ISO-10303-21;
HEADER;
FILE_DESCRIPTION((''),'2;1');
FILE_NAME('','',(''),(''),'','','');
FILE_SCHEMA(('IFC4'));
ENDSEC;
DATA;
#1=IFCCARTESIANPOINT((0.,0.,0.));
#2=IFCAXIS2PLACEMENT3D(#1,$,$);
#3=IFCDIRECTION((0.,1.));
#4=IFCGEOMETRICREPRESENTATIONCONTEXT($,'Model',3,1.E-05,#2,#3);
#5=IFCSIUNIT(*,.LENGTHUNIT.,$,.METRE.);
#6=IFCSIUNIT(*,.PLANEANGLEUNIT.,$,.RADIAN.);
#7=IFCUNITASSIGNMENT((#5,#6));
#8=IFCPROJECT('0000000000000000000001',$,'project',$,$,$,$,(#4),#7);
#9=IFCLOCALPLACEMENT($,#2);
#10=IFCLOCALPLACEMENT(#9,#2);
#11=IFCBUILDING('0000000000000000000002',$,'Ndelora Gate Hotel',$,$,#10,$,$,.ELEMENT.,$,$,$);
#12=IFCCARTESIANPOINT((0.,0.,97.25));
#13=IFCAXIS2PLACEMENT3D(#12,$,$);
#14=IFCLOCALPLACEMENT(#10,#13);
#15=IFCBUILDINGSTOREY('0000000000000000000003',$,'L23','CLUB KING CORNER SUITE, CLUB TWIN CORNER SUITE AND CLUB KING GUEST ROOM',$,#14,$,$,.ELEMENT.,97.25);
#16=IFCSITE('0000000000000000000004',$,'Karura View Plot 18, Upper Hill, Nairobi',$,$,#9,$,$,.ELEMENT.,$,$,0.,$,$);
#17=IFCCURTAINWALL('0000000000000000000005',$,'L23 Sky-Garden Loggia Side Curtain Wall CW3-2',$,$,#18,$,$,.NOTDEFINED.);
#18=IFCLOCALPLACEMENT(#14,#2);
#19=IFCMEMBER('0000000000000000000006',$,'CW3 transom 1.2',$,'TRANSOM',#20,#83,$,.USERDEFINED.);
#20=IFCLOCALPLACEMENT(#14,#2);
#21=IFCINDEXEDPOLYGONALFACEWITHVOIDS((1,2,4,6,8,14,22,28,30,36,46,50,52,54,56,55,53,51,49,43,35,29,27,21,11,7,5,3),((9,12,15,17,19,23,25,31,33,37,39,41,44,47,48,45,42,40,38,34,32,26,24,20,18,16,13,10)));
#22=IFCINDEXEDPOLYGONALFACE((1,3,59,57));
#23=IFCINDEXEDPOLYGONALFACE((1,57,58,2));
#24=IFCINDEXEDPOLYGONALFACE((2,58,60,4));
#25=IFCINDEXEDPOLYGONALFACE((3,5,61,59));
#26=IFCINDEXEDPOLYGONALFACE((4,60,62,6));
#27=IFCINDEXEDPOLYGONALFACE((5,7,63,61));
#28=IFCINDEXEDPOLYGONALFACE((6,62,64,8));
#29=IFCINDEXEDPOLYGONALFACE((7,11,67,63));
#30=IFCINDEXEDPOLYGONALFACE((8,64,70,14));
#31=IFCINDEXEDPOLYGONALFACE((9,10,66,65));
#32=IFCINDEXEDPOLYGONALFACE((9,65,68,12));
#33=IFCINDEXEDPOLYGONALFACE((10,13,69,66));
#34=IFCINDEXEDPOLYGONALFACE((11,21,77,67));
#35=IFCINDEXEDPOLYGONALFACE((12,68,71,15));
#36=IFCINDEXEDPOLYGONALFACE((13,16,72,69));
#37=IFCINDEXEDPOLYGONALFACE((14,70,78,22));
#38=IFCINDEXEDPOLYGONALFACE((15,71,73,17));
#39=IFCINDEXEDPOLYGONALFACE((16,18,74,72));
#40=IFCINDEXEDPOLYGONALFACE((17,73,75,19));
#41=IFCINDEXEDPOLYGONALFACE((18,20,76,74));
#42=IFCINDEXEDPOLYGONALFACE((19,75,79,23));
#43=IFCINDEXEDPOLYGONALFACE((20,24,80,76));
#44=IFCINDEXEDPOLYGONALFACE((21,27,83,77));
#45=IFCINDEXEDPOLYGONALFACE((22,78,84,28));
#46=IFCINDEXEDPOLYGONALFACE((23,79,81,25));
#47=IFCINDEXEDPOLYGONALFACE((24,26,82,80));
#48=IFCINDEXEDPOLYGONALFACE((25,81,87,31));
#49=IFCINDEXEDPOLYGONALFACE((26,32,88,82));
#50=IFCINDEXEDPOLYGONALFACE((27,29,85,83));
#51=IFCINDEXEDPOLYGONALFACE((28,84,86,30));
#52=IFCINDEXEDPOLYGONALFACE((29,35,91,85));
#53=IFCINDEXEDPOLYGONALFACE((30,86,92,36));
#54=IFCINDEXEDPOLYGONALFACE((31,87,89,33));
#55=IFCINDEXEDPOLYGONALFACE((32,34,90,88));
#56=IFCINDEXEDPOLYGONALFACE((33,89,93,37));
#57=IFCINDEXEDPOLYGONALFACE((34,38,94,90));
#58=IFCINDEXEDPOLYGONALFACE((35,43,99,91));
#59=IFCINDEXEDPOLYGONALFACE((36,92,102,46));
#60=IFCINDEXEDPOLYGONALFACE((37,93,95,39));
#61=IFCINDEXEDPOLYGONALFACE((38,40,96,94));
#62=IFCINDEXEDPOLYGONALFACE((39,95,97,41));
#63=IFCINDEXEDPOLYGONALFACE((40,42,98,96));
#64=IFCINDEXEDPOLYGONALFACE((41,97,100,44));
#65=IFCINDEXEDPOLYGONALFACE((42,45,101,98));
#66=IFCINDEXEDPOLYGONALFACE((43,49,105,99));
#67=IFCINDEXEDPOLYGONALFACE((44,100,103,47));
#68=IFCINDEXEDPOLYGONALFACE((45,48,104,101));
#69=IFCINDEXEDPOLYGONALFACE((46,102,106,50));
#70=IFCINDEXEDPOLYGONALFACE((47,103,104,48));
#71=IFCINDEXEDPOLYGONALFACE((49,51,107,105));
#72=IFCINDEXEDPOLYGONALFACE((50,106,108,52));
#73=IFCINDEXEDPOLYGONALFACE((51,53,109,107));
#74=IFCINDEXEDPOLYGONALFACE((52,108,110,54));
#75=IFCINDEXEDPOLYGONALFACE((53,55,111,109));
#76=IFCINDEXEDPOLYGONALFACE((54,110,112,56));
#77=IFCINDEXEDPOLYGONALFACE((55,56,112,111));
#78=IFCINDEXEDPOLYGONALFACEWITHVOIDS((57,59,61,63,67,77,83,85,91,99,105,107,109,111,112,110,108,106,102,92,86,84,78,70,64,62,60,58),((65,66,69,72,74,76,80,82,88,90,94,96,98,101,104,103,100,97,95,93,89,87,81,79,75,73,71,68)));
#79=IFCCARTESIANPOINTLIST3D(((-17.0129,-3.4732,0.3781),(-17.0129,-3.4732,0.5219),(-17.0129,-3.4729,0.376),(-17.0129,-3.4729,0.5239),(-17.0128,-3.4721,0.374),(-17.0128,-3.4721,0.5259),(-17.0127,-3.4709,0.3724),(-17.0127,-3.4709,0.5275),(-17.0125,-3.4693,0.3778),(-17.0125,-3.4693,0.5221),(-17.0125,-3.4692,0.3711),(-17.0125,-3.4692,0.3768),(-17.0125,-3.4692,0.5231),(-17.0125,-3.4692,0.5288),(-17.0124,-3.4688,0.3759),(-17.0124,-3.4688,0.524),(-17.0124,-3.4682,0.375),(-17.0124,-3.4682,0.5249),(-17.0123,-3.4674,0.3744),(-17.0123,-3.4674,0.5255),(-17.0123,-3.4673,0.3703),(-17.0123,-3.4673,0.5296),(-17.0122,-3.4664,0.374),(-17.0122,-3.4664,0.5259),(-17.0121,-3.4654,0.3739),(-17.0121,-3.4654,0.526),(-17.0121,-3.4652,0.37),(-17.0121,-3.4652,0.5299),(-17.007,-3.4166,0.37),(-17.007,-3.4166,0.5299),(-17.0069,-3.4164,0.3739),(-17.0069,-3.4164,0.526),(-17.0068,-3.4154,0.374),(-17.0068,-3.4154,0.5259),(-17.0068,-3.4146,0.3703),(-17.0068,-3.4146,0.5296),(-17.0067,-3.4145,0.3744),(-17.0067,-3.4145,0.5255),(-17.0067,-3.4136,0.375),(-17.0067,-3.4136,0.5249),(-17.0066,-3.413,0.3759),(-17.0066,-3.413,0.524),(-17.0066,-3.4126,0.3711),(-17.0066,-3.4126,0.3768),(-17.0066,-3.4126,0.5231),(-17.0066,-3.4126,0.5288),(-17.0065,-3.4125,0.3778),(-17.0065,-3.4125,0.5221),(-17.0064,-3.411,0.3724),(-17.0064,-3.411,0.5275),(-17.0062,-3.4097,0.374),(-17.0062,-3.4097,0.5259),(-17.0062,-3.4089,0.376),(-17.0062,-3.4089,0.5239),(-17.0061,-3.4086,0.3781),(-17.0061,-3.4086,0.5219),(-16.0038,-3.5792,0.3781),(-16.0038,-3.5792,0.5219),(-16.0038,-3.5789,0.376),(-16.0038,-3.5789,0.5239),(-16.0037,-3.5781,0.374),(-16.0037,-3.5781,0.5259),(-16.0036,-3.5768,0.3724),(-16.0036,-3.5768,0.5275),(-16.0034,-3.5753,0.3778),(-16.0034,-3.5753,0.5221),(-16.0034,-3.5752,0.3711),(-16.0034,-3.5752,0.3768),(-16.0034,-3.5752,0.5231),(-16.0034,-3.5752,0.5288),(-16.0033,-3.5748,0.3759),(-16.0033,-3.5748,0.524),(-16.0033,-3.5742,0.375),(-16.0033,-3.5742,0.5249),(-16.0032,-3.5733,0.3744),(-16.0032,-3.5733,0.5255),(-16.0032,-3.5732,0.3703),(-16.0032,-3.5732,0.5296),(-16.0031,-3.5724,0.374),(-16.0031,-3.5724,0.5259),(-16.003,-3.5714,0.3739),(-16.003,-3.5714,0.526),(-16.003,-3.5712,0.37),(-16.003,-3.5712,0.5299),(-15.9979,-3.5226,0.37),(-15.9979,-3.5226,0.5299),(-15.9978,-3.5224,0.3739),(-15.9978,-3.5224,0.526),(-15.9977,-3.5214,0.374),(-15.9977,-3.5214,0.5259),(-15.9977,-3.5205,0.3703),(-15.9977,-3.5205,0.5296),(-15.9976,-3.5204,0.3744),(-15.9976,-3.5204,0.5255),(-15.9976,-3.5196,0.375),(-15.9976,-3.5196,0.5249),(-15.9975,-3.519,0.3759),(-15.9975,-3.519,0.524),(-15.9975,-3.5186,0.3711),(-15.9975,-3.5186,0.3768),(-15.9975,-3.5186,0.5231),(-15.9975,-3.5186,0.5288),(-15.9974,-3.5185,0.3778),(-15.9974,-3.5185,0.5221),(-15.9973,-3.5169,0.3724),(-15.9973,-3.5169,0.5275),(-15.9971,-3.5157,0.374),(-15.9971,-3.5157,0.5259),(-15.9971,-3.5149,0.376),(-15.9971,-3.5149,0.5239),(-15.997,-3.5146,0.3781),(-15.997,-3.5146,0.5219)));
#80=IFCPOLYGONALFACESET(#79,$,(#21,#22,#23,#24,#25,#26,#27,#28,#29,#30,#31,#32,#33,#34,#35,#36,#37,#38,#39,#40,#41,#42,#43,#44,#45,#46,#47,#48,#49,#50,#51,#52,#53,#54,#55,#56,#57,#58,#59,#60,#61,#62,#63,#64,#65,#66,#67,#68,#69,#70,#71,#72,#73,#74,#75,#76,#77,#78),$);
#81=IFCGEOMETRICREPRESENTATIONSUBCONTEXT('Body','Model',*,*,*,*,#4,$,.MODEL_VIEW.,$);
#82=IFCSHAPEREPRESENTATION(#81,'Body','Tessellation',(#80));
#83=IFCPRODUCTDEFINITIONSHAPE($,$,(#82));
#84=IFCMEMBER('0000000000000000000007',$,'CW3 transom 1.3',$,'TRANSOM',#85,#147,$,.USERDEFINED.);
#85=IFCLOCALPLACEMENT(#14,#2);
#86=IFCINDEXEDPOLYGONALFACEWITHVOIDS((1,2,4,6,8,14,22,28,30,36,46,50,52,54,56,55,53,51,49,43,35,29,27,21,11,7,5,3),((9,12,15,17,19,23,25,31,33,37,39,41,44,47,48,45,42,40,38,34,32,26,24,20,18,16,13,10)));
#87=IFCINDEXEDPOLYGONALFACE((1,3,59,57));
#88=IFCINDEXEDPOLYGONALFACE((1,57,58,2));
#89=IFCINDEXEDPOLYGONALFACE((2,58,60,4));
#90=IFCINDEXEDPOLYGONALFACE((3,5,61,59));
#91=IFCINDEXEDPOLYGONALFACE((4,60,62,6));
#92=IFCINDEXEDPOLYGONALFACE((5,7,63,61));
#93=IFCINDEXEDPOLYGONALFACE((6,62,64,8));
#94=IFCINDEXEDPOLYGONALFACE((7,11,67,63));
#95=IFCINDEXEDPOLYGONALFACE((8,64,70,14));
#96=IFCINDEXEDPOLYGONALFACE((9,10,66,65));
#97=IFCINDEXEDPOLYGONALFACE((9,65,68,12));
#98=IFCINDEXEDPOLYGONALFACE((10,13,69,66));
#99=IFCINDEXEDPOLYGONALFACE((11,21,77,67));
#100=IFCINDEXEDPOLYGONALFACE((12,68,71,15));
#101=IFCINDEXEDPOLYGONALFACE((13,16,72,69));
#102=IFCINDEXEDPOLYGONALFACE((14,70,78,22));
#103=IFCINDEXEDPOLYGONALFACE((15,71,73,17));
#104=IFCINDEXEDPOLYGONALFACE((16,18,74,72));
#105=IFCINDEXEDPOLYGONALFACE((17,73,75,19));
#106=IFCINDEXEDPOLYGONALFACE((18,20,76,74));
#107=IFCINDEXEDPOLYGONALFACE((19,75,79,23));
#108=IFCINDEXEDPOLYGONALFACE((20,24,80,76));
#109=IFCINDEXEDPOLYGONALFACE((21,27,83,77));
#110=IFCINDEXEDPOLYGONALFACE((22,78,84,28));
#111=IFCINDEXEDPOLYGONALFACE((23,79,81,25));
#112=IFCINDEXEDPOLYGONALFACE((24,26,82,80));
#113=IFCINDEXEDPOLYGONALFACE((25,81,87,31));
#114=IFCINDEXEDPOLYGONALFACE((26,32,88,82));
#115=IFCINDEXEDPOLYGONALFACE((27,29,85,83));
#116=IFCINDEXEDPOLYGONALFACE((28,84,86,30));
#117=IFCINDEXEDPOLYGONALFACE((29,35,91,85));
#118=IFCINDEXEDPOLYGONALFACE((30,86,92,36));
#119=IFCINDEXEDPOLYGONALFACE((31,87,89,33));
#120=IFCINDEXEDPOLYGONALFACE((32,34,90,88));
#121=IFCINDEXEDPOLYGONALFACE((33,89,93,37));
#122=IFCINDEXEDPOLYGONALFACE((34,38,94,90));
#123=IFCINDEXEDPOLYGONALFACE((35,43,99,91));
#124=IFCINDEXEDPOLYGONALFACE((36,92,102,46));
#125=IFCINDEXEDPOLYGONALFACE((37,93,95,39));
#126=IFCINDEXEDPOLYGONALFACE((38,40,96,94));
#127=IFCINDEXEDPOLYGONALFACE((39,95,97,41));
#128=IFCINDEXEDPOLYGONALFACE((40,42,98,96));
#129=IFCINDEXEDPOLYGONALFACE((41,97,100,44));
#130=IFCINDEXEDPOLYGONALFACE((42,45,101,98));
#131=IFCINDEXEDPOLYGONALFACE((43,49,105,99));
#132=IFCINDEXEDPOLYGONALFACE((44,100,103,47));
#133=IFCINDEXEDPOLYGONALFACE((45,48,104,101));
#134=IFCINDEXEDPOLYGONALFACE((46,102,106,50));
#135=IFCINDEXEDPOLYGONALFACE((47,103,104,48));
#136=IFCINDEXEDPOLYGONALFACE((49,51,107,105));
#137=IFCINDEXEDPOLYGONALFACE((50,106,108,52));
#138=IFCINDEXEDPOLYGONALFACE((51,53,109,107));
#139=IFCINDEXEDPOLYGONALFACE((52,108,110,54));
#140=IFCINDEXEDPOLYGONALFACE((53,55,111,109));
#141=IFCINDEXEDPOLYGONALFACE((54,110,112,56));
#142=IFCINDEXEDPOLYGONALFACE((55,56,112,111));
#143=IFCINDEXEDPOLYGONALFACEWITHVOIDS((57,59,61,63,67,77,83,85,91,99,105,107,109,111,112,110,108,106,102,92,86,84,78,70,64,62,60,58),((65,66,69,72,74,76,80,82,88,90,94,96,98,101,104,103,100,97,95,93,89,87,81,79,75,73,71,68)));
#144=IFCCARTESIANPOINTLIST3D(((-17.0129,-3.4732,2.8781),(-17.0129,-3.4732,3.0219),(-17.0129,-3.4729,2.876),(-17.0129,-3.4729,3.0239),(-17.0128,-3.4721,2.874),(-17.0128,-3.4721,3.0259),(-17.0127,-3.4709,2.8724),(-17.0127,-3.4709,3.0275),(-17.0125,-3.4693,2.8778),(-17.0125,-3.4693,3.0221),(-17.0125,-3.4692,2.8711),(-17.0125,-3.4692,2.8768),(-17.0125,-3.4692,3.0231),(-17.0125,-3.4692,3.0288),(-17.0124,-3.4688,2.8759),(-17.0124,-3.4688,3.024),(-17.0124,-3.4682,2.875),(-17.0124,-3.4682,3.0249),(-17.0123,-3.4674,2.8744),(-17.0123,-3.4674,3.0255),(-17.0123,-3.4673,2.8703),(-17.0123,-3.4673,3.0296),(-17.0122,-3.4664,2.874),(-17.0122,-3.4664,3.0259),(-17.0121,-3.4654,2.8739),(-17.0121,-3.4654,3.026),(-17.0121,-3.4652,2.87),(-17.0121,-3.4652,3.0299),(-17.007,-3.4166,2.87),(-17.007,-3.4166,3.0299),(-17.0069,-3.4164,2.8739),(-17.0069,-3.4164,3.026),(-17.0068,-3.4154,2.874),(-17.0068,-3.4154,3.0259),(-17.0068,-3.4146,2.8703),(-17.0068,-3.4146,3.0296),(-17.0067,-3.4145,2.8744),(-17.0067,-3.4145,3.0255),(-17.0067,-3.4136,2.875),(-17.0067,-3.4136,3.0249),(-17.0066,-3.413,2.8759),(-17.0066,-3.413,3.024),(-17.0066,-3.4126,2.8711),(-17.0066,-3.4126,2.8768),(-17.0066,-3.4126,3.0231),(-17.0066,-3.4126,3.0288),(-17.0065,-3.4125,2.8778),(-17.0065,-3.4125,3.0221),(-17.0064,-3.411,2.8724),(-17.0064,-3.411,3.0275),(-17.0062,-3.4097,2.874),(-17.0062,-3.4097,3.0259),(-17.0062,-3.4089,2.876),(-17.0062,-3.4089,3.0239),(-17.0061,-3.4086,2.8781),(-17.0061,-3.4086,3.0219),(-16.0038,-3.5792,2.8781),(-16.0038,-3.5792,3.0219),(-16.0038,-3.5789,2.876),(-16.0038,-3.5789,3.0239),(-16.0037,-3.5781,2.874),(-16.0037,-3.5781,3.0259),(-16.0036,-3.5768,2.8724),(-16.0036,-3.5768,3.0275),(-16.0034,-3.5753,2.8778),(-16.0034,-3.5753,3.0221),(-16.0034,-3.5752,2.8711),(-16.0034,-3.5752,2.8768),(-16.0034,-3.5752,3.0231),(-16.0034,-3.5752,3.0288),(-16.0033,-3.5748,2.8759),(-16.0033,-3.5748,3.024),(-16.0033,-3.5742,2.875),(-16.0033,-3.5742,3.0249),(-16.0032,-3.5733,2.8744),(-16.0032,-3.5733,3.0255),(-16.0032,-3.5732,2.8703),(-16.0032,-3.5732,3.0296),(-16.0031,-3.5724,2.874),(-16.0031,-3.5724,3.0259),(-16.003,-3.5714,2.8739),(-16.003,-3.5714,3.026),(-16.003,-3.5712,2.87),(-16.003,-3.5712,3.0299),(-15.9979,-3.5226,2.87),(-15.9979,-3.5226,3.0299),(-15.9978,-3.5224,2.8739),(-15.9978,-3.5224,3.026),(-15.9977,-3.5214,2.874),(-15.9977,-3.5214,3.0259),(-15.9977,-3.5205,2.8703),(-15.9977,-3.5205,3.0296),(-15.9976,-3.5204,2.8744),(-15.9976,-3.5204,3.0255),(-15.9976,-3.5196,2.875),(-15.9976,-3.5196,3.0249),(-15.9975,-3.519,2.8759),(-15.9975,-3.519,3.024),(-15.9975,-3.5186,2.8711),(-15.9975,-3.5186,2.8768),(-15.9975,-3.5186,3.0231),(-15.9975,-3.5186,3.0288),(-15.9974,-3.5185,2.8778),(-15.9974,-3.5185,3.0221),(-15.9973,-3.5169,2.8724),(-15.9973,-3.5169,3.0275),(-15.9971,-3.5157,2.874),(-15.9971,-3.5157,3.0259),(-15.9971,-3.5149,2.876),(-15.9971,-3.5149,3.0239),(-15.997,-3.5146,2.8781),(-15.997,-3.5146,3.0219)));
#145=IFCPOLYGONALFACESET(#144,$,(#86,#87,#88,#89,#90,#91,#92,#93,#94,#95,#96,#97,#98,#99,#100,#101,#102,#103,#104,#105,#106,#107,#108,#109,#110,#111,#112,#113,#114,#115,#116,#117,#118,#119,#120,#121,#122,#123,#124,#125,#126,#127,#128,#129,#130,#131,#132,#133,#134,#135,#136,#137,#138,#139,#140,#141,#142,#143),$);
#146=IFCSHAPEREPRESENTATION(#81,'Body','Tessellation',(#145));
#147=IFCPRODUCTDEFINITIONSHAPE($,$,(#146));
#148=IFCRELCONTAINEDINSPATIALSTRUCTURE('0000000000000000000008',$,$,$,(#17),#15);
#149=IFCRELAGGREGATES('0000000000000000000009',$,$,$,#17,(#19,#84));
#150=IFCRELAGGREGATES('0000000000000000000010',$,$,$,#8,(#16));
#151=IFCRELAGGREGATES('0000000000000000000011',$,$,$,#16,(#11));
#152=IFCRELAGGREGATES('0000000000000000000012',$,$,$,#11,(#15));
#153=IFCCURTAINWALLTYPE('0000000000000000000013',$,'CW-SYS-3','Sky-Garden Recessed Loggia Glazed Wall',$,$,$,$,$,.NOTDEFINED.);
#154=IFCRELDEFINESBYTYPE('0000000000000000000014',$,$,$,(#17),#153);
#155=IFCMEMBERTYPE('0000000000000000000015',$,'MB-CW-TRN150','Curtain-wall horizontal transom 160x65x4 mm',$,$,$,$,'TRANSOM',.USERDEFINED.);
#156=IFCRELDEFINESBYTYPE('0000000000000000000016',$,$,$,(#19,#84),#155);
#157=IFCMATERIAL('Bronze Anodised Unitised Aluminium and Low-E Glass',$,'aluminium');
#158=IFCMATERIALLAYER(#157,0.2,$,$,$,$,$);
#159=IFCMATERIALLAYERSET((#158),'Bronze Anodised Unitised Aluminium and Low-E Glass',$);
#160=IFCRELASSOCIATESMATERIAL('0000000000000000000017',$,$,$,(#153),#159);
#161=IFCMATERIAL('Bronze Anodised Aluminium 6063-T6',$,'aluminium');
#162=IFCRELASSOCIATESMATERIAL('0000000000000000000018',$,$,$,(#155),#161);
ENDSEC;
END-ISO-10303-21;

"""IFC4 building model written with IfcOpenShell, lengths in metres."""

from ifc_helpers import new_model, si_unit, direction, frame, origin, origin_2d, place, context, subcontext, project, spatial, hollow_rectangle, extrude, material, layer, layer_set, material_profile, profile_set, type_object, element, aggregate, save


model = new_model("IFC4")

# Units and contexts
model_context = context("Model", 3, precision=1e-05, world=origin(), true_north=direction((0.0, 1.0)))
body_context = subcontext(model_context, "Body", "Model", "MODEL_VIEW")
ifc_project = project(units=[si_unit("LENGTHUNIT", "METRE"), si_unit("PLANEANGLEUNIT", "RADIAN")], contexts=[model_context])

# Site, building, storey
site_placement = place(None, origin())
site = spatial("IfcSite", under=ifc_project, at=site_placement, Name="Karura View Plot 18, Upper Hill, Nairobi", CompositionType="ELEMENT", RefElevation=0.0)
building_placement = place(site_placement, origin())
building = spatial("IfcBuilding", under=site, at=building_placement, Name="Ndelora Gate Hotel", CompositionType="ELEMENT")
storey_placement = place(building_placement, frame((0.0, 0.0, 97.25)))
storey = spatial("IfcBuildingStorey", under=building, at=storey_placement, Name="L23", Description="CLUB KING CORNER SUITE, CLUB TWIN CORNER SUITE AND CLUB KING GUEST ROOM", CompositionType="ELEMENT", Elevation=97.25)

# Curtain wall, members
ifc_material_1 = material(Name="Bronze Anodised Unitised Aluminium and Low-E Glass", Category="aluminium")
ifc_layer_1 = layer(ifc_material_1, 0.2)
ifc_layer_set_1 = layer_set([ifc_layer_1], Name="Bronze Anodised Unitised Aluminium and Low-E Glass")
curtain_wall_type = type_object("IfcCurtainWallType", Name="CW-SYS-3", Description="Sky-Garden Recessed Loggia Glazed Wall", PredefinedType="NOTDEFINED", material=ifc_layer_set_1)
curtain_wall_placement = place(storey_placement, origin())
curtain_wall = element("IfcCurtainWall", 1, at=curtain_wall_placement, inside=storey, type_object=curtain_wall_type, Name="L23 Sky-Garden Loggia Side Curtain Wall CW3-2", PredefinedType="NOTDEFINED")
ifc_material_2 = material(Name="Bronze Anodised Aluminium 6063-T6", Category="aluminium")
ifc_material_profile_1 = material_profile(ifc_material_2, hollow_rectangle(XDim=0.0649, YDim=0.1599, WallThickness=0.0039, InnerFilletRadius=0.0039, OuterFilletRadius=0.0081, at=origin_2d()), Name="ALU 160x65x4")
ifc_profile_set_1 = profile_set([ifc_material_profile_1], Name="Bronze Anodised Aluminium 6063-T6")
member_type_1 = type_object("IfcMemberType", Name="MB-CW-TRN150", Description="Curtain-wall horizontal transom 160x65x4 mm", ElementType="TRANSOM", PredefinedType="USERDEFINED", material=ifc_profile_set_1)
member_1_placement = place(storey_placement, frame((-17.0095, -3.4409, 0.45), z_axis=(0.994532, -0.104434, 0.0), x_axis=(0.104434, 0.994532, 0.0)))
member_1 = element("IfcMember", 2, at=member_1_placement, type_object=member_type_1, Name="CW3 transom 1.2", ObjectType="TRANSOM", PredefinedType="USERDEFINED", context=body_context, shape_type="SweptSolid", body=[
    extrude(hollow_rectangle(XDim=0.0649, YDim=0.1599, WallThickness=0.0039, InnerFilletRadius=0.0039, OuterFilletRadius=0.0081, at=origin_2d()), origin(), (0.0, 0.0, 1.0), 1.0146),
])
member_2_placement = place(storey_placement, frame((-17.0095, -3.4409, 2.95), z_axis=(0.994532, -0.104434, 0.0), x_axis=(0.104434, 0.994532, 0.0)))
member_2 = element("IfcMember", 3, at=member_2_placement, type_object=member_type_1, Name="CW3 transom 1.3", ObjectType="TRANSOM", PredefinedType="USERDEFINED", context=body_context, shape_type="SweptSolid", body=[
    extrude(hollow_rectangle(XDim=0.0649, YDim=0.1599, WallThickness=0.0039, InnerFilletRadius=0.0039, OuterFilletRadius=0.0081, at=origin_2d()), origin(), (0.0, 0.0, 1.0), 1.0146),
])
aggregate(curtain_wall, [member_1, member_2])

save(model, "model.ifc")
